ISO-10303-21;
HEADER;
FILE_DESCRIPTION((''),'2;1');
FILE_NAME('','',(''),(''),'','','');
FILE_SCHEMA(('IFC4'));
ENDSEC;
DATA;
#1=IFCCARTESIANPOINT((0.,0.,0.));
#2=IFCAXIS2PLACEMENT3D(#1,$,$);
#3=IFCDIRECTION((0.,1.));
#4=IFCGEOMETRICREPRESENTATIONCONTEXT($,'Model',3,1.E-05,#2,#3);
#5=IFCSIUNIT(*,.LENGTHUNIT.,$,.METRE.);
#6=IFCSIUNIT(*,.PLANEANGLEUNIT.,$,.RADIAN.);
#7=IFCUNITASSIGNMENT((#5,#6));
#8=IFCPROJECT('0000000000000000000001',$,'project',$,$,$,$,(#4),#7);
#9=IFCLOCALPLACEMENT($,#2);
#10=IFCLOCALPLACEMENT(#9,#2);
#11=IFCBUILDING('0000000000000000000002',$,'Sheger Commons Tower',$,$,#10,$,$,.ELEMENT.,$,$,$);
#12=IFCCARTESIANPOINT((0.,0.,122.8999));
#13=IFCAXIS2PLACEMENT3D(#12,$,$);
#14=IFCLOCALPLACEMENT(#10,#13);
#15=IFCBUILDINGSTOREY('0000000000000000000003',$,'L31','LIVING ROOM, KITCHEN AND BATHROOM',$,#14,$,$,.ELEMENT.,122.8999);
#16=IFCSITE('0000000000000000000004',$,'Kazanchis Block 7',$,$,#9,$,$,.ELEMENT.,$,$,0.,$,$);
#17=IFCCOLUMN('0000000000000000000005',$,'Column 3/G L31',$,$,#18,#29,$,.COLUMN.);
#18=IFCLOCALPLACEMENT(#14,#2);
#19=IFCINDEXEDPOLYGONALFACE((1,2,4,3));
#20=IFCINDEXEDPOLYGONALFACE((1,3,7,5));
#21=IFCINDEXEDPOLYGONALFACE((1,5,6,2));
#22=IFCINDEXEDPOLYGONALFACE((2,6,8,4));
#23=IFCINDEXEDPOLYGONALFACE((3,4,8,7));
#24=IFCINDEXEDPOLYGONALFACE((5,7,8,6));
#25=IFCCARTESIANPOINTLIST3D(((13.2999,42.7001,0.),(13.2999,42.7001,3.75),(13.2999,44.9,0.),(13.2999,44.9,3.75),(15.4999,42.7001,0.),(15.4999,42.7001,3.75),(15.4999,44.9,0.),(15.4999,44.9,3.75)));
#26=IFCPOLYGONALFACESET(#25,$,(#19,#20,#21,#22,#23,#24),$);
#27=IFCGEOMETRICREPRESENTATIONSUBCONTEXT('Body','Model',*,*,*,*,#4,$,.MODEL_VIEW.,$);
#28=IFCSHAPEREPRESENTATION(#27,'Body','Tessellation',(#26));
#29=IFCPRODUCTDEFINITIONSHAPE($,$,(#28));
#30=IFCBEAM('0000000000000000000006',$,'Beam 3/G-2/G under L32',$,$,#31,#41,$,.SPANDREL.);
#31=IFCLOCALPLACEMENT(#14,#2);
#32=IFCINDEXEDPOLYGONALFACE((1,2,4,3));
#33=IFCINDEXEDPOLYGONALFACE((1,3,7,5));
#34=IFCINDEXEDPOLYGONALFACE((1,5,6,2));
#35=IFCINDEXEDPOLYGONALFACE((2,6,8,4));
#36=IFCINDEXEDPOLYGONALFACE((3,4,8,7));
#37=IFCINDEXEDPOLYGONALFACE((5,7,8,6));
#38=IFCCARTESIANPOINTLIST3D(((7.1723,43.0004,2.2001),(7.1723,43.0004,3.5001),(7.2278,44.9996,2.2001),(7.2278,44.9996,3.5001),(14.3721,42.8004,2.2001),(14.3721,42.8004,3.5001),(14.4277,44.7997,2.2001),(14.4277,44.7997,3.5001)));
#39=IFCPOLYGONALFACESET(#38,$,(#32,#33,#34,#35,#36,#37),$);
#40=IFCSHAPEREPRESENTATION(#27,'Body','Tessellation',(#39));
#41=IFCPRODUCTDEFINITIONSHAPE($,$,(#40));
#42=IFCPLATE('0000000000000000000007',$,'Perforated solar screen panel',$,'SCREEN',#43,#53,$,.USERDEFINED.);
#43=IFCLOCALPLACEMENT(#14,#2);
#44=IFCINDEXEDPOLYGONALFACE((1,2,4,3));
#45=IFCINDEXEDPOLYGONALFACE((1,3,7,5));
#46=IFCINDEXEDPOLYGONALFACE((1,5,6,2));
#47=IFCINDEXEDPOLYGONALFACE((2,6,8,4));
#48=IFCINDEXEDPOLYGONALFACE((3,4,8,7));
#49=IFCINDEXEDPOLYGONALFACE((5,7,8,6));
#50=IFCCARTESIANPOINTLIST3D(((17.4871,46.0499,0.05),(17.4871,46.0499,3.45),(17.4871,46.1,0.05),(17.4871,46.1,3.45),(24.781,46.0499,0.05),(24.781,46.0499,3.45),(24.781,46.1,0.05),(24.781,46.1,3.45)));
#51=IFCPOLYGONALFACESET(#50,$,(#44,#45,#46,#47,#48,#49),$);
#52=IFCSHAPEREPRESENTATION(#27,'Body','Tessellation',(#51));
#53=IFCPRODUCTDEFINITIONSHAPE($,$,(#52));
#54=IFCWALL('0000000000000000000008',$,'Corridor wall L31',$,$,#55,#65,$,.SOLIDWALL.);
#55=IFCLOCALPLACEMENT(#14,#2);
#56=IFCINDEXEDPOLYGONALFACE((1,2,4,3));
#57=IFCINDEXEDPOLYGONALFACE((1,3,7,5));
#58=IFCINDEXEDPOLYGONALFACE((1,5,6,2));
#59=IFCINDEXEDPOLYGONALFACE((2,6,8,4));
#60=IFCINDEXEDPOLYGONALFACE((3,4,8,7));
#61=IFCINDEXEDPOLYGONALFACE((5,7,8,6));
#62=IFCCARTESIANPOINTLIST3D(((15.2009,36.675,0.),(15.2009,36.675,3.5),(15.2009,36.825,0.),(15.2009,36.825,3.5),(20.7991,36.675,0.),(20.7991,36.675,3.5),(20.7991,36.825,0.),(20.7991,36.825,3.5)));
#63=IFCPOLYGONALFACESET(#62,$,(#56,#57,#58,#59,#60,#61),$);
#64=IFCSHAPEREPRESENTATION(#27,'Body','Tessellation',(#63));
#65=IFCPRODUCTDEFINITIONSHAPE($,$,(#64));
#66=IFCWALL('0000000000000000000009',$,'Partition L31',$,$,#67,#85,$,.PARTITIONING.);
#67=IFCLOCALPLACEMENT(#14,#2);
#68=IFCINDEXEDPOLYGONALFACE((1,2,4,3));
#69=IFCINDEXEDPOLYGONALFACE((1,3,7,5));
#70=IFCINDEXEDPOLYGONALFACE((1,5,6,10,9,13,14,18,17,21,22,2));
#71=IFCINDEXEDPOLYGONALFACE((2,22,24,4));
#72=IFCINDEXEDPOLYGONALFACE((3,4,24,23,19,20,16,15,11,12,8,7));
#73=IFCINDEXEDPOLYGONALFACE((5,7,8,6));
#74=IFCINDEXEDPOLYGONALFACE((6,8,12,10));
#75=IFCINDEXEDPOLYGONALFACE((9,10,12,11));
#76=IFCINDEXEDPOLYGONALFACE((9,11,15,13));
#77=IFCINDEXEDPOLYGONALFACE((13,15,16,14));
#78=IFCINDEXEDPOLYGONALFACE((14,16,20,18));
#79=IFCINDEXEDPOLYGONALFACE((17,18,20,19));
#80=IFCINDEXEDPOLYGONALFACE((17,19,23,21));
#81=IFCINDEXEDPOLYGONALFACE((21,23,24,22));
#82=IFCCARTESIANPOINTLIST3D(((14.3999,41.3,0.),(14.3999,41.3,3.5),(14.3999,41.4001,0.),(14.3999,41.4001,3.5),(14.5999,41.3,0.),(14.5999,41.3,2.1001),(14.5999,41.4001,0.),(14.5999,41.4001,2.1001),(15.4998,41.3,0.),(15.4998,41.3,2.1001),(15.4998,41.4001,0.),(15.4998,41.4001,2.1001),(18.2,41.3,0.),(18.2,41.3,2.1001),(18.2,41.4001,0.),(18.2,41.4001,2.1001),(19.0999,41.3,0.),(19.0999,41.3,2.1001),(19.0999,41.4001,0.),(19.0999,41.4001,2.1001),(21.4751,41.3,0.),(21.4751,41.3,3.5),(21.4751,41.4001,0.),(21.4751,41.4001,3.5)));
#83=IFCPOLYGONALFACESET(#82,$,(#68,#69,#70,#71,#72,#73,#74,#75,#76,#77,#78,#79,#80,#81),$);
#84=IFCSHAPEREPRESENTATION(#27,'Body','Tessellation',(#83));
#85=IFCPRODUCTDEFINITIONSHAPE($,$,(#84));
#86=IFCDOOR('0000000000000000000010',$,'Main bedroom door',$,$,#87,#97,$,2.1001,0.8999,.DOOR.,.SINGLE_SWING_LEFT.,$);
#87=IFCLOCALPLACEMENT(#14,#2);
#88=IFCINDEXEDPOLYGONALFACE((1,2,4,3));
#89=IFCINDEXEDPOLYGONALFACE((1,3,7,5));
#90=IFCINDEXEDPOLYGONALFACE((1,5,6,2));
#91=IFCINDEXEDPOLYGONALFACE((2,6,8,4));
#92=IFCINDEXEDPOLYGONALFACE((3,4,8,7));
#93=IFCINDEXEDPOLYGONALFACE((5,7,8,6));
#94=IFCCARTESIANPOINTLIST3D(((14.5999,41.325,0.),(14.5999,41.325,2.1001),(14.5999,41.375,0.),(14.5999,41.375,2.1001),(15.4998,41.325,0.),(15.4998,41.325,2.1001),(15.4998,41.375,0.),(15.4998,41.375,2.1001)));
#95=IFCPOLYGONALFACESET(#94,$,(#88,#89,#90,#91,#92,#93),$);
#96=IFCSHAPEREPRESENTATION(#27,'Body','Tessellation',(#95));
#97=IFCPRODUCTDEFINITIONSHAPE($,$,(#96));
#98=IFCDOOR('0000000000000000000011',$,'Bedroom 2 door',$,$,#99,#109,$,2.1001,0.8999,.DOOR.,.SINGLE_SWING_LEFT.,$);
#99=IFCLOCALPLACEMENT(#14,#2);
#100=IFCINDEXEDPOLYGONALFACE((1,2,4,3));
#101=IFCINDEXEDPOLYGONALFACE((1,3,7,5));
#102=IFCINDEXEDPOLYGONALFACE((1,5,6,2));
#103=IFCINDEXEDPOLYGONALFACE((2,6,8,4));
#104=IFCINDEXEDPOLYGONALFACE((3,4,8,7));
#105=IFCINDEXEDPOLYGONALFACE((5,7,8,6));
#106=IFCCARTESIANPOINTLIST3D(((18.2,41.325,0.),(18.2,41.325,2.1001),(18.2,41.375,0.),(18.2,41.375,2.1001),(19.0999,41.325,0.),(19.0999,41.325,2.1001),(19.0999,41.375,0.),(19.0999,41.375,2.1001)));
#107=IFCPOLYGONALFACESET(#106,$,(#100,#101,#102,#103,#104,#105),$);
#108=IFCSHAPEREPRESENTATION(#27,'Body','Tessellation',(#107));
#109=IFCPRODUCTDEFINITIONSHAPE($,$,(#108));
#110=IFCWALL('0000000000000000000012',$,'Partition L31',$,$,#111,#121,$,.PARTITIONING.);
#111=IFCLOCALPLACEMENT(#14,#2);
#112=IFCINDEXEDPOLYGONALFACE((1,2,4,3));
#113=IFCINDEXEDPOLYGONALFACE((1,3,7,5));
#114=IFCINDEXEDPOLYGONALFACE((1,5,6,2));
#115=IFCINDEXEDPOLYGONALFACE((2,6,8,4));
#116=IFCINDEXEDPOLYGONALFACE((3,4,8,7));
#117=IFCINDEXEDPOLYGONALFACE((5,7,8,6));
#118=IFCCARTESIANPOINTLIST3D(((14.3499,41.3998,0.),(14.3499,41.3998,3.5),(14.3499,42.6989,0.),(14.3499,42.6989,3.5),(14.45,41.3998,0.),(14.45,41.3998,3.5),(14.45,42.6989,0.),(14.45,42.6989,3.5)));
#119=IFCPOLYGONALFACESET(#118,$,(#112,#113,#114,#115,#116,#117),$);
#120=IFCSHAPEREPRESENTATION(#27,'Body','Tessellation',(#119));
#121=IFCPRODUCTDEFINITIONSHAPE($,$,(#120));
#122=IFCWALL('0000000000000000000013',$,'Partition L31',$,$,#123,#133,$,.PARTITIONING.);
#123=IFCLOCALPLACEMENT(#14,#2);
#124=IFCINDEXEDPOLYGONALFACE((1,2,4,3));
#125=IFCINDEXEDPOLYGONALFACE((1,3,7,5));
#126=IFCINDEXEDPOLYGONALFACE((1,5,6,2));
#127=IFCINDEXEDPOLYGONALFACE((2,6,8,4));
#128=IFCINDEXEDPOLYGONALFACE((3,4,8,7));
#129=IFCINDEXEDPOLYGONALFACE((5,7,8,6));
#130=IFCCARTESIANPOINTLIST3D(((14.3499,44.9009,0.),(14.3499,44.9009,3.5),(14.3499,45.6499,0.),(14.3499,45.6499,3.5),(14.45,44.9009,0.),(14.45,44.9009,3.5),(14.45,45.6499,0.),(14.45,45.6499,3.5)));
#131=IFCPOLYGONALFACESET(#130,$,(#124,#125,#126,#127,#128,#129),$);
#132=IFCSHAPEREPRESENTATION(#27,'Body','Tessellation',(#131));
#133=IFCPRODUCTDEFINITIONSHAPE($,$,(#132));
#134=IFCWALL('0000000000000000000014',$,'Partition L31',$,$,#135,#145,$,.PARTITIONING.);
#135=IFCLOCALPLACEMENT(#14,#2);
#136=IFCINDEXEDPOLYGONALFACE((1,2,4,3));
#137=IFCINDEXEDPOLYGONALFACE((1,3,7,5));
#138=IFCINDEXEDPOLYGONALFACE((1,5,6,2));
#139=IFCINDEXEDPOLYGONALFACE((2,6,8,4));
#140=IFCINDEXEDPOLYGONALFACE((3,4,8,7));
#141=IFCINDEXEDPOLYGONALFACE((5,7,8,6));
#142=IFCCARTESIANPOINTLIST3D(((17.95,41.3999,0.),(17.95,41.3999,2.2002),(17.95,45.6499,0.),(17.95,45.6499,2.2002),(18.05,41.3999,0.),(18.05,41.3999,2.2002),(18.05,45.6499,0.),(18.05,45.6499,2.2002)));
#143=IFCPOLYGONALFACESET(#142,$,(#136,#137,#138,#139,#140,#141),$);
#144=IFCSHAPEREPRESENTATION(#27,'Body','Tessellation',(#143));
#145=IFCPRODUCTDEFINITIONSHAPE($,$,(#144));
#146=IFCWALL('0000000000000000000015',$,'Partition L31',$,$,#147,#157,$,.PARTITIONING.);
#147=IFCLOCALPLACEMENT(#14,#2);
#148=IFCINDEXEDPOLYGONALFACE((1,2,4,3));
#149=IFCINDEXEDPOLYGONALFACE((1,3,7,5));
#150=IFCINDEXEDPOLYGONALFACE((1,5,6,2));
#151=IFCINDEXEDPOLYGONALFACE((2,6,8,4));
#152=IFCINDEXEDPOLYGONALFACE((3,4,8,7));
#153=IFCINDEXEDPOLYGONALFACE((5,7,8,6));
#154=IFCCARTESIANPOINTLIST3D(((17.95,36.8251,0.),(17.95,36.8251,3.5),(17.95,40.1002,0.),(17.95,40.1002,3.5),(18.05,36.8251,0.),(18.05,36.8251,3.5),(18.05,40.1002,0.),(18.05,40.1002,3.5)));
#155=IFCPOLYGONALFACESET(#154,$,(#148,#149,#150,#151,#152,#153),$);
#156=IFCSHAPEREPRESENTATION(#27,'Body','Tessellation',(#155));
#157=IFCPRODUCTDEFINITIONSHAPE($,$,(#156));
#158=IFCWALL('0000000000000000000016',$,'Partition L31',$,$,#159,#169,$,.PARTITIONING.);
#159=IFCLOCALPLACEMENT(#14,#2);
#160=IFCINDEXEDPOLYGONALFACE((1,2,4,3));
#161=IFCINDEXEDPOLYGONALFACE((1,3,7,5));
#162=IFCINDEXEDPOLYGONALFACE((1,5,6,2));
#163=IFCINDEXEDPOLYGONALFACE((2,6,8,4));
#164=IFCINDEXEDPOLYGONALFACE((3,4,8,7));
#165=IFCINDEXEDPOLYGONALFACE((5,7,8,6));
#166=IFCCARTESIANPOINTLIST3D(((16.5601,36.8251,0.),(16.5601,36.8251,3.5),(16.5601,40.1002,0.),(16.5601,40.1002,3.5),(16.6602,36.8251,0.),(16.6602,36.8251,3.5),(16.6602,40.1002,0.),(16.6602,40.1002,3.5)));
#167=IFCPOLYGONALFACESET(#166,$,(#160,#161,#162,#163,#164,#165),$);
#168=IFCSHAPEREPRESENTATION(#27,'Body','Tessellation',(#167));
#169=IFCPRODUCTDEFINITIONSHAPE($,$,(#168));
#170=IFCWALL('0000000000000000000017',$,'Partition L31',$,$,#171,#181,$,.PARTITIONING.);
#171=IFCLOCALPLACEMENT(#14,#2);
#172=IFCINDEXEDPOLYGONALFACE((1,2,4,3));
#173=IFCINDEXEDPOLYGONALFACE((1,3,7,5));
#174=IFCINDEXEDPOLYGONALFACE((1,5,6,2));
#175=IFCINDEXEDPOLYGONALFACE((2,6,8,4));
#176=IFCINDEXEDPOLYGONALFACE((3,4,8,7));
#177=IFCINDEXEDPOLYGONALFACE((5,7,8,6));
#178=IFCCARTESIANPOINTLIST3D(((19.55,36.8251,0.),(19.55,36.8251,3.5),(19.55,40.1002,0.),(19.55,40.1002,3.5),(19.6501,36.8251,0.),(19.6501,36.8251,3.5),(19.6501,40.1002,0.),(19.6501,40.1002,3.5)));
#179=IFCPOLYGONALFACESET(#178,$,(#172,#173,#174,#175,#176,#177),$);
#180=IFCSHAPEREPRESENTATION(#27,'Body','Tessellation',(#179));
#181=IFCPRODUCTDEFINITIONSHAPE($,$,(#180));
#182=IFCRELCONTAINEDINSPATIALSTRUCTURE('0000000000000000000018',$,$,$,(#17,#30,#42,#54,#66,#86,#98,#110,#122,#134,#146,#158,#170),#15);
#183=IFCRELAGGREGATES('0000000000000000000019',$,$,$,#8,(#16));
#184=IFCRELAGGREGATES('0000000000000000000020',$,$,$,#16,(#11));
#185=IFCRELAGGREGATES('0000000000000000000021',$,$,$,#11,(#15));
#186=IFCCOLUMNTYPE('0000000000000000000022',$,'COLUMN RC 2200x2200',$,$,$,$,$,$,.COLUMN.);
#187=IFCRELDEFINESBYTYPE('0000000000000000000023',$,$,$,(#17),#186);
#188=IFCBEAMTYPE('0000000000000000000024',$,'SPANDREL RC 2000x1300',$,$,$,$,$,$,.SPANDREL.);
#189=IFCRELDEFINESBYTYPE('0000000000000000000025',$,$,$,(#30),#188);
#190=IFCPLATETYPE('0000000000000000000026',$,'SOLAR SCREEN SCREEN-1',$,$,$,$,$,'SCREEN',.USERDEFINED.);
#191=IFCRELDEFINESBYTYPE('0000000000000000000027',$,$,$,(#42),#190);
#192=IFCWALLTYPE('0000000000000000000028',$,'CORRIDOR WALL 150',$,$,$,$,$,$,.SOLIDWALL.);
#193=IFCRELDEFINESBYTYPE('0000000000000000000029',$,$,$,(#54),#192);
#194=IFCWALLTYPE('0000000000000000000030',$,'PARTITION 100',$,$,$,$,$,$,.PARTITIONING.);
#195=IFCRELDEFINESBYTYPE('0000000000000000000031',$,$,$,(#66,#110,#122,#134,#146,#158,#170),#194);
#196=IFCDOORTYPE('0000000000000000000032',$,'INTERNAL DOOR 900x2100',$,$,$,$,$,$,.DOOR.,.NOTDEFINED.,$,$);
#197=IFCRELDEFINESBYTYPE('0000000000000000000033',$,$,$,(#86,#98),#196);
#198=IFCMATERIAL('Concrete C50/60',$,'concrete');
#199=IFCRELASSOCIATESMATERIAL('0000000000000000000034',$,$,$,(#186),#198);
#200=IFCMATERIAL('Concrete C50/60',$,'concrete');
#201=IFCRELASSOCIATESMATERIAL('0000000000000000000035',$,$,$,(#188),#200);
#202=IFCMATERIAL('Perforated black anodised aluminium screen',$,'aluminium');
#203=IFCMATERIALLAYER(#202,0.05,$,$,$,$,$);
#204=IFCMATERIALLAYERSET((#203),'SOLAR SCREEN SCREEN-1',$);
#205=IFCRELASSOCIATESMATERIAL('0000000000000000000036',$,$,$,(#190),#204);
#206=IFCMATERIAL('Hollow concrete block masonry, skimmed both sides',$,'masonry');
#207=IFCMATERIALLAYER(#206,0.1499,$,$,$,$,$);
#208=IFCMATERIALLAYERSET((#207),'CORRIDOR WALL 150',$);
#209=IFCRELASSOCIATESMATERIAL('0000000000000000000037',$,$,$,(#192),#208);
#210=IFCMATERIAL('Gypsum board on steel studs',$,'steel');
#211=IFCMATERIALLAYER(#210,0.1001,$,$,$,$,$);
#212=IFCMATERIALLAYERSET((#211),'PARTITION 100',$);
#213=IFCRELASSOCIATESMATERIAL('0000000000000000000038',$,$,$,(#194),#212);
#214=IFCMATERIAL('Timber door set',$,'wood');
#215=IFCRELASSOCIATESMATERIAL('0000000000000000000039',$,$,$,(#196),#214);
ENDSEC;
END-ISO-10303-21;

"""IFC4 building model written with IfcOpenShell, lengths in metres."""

from ifc_helpers import new_model, si_unit, direction, frame, frame_2d, origin, origin_2d, place, context, subcontext, project, spatial, rectangle, extrude, material, layer, layer_set, material_profile, profile_set, type_object, element, fill, save


model = new_model("IFC4")

# Units and contexts
model_context = context("Model", 3, precision=1e-05, world=origin(), true_north=direction((0.0, 1.0)))
body_context = subcontext(model_context, "Body", "Model", "MODEL_VIEW")
ifc_project = project(units=[si_unit("LENGTHUNIT", "METRE"), si_unit("PLANEANGLEUNIT", "RADIAN")], contexts=[model_context])

# Site, building, storey
site_placement = place(None, origin())
site = spatial("IfcSite", under=ifc_project, at=site_placement, Name="Kazanchis Block 7", CompositionType="ELEMENT", RefElevation=0.0)
building_placement = place(site_placement, origin())
building = spatial("IfcBuilding", under=site, at=building_placement, Name="Sheger Commons Tower", CompositionType="ELEMENT")
storey_placement = place(building_placement, frame((0.0, 0.0, 122.8999)))
storey = spatial("IfcBuildingStorey", under=building, at=storey_placement, Name="L31", Description="LIVING ROOM, KITCHEN AND BATHROOM", CompositionType="ELEMENT", Elevation=122.8999)

# Column
ifc_material_1 = material(Name="Concrete C50/60", Category="concrete")
ifc_material_profile_1 = material_profile(ifc_material_1, rectangle(XDim=2.2, YDim=2.2, at=origin_2d()), Name="RC 2200x2200")
ifc_profile_set_1 = profile_set([ifc_material_profile_1], Name="Concrete C50/60")
column_type = type_object("IfcColumnType", Name="COLUMN RC 2200x2200", PredefinedType="COLUMN", material=ifc_profile_set_1)
column_placement = place(storey_placement, frame((14.3999, 43.8, 0.0), z_axis=(0.0, 0.0, 1.0), x_axis=(1.0, 0.0, 0.0)))
element("IfcColumn", 1, at=column_placement, inside=storey, type_object=column_type, Name="Column 3/G L31", PredefinedType="COLUMN", context=body_context, shape_type="SweptSolid", body=[
    extrude(rectangle(XDim=2.2, YDim=2.2, at=origin_2d()), origin(), (0.0, 0.0, 1.0), 3.75),
])

# Beam
ifc_material_2 = material(Name="Concrete C50/60", Category="concrete")
ifc_material_profile_2 = material_profile(ifc_material_2, rectangle(XDim=2.0, YDim=1.3, at=origin_2d()), Name="RC 2000x1300")
ifc_profile_set_2 = profile_set([ifc_material_profile_2], Name="Concrete C50/60")
beam_type = type_object("IfcBeamType", Name="SPANDREL RC 2000x1300", PredefinedType="SPANDREL", material=ifc_profile_set_2)
beam_placement = place(storey_placement, frame((14.3999, 43.8, 2.8501), z_axis=(-0.999615, 0.02776, 0.0), x_axis=(-0.02776, -0.999615, 0.0)))
element("IfcBeam", 2, at=beam_placement, inside=storey, type_object=beam_type, Name="Beam 3/G-2/G under L32", PredefinedType="SPANDREL", context=body_context, shape_type="SweptSolid", body=[
    extrude(rectangle(XDim=2.0, YDim=1.3, at=origin_2d()), origin(), (0.0, 0.0, 1.0), 7.2026),
])

# Plate
ifc_material_3 = material(Name="Perforated black anodised aluminium screen", Category="aluminium")
ifc_layer_1 = layer(ifc_material_3, 0.05)
ifc_layer_set_1 = layer_set([ifc_layer_1], Name="SOLAR SCREEN SCREEN-1")
plate_type = type_object("IfcPlateType", Name="SOLAR SCREEN SCREEN-1", ElementType="SCREEN", PredefinedType="USERDEFINED", material=ifc_layer_set_1)
plate_placement = place(storey_placement, frame((21.134, 46.075, 0.05), z_axis=(0.0, 0.0, 1.0), x_axis=(-1.0, 0.0, 0.0)))
element("IfcPlate", 3, at=plate_placement, inside=storey, type_object=plate_type, Name="Perforated solar screen panel", ObjectType="SCREEN", PredefinedType="USERDEFINED", context=body_context, shape_type="SweptSolid", body=[
    extrude(rectangle(XDim=7.2939, YDim=0.05, at=origin_2d()), origin(), (0.0, 0.0, 1.0), 3.3999),
])

# Wall
ifc_material_4 = material(Name="Hollow concrete block masonry, skimmed both sides", Category="masonry")
ifc_layer_2 = layer(ifc_material_4, 0.1499)
ifc_layer_set_2 = layer_set([ifc_layer_2], Name="CORRIDOR WALL 150")
wall_type_1 = type_object("IfcWallType", Name="CORRIDOR WALL 150", PredefinedType="SOLIDWALL", material=ifc_layer_set_2)
wall_1_placement = place(storey_placement, frame((15.2009, 36.75, 0.0), z_axis=(0.0, 0.0, 1.0), x_axis=(1.0, 0.0, 0.0)))
element("IfcWall", 4, at=wall_1_placement, inside=storey, type_object=wall_type_1, Name="Corridor wall L31", PredefinedType="SOLIDWALL", context=body_context, shape_type="SweptSolid", body=[
    extrude(rectangle(XDim=5.5981, YDim=0.1499, at=frame_2d((2.7991, 0.0))), origin(), (0.0, 0.0, 1.0), 3.5),
])

# Wall, openings, doors
ifc_material_5 = material(Name="Gypsum board on steel studs", Category="steel")
ifc_layer_3 = layer(ifc_material_5, 0.1001)
ifc_layer_set_3 = layer_set([ifc_layer_3], Name="PARTITION 100")
wall_type_2 = type_object("IfcWallType", Name="PARTITION 100", PredefinedType="PARTITIONING", material=ifc_layer_set_3)
wall_2_placement = place(storey_placement, frame((14.3999, 41.3501, 0.0), z_axis=(0.0, 0.0, 1.0), x_axis=(1.0, 0.0, 0.0)))
wall_2 = element("IfcWall", 5, at=wall_2_placement, inside=storey, type_object=wall_type_2, Name="Partition L31", PredefinedType="PARTITIONING", context=body_context, shape_type="SweptSolid", body=[
    extrude(rectangle(XDim=7.0752, YDim=0.1001, at=frame_2d((3.5376, 0.0))), origin(), (0.0, 0.0, 1.0), 3.5),
])
opening_1_placement = place(wall_2_placement, frame((0.2, 0.0, 0.0)))
opening_1 = element("IfcOpeningElement", 6, at=opening_1_placement, cuts=wall_2, PredefinedType="OPENING", context=body_context, shape_type="SweptSolid", body=[
    extrude(rectangle(XDim=0.8999, YDim=2.1001, at=frame_2d((0.45, 1.05))), frame((0.0, 0.0601, 0.0), z_axis=(0.0, -1.0, 0.0), x_axis=(1.0, 0.0, 0.0)), (0.0, 0.0, 1.0), 0.1201),
])
opening_2_placement = place(wall_2_placement, frame((3.8, 0.0, 0.0)))
opening_2 = element("IfcOpeningElement", 7, at=opening_2_placement, cuts=wall_2, PredefinedType="OPENING", context=body_context, shape_type="SweptSolid", body=[
    extrude(rectangle(XDim=0.8999, YDim=2.1001, at=frame_2d((0.45, 1.05))), frame((0.0, 0.0601, 0.0), z_axis=(0.0, -1.0, 0.0), x_axis=(1.0, 0.0, 0.0)), (0.0, 0.0, 1.0), 0.1201),
])
ifc_material_6 = material(Name="Timber door set", Category="wood")
door_type = type_object("IfcDoorType", Name="INTERNAL DOOR 900x2100", OperationType="NOTDEFINED", PredefinedType="DOOR", material=ifc_material_6)
door_1_placement = place(opening_1_placement, origin())
door_1 = element("IfcDoor", 8, at=door_1_placement, inside=storey, type_object=door_type, Name="Main bedroom door", OperationType="SINGLE_SWING_LEFT", OverallHeight=2.1001, OverallWidth=0.8999, PredefinedType="DOOR", context=body_context, shape_type="SweptSolid", body=[
    extrude(rectangle(XDim=0.8999, YDim=2.1001, at=frame_2d((0.45, 1.05))), frame((0.0, 0.0249, 0.0), z_axis=(0.0, -1.0, 0.0), x_axis=(1.0, 0.0, 0.0)), (0.0, 0.0, 1.0), 0.05),
])
fill(opening_1, door_1)
door_2_placement = place(opening_2_placement, origin())
door_2 = element("IfcDoor", 9, at=door_2_placement, inside=storey, type_object=door_type, Name="Bedroom 2 door", OperationType="SINGLE_SWING_LEFT", OverallHeight=2.1001, OverallWidth=0.8999, PredefinedType="DOOR", context=body_context, shape_type="SweptSolid", body=[
    extrude(rectangle(XDim=0.8999, YDim=2.1001, at=frame_2d((0.45, 1.05))), frame((0.0, 0.0249, 0.0), z_axis=(0.0, -1.0, 0.0), x_axis=(1.0, 0.0, 0.0)), (0.0, 0.0, 1.0), 0.05),
])
fill(opening_2, door_2)

# Walls
wall_3_placement = place(storey_placement, frame((14.3999, 41.3999, 0.0), z_axis=(0.0, 0.0, 1.0), x_axis=(0.0, 1.0, 0.0)))
element("IfcWall", 10, at=wall_3_placement, inside=storey, type_object=wall_type_2, Name="Partition L31", PredefinedType="PARTITIONING", context=body_context, shape_type="SweptSolid", body=[
    extrude(rectangle(XDim=1.2991, YDim=0.1001, at=frame_2d((0.6494, 0.0))), origin(), (0.0, 0.0, 1.0), 3.5),
])
wall_4_placement = place(storey_placement, frame((14.3999, 44.9009, 0.0), z_axis=(0.0, 0.0, 1.0), x_axis=(0.0, 1.0, 0.0)))
element("IfcWall", 11, at=wall_4_placement, inside=storey, type_object=wall_type_2, Name="Partition L31", PredefinedType="PARTITIONING", context=body_context, shape_type="SweptSolid", body=[
    extrude(rectangle(XDim=0.749, YDim=0.1001, at=frame_2d((0.3745, 0.0))), origin(), (0.0, 0.0, 1.0), 3.5),
])
wall_5_placement = place(storey_placement, frame((18.0, 41.3999, 0.0), z_axis=(0.0, 0.0, 1.0), x_axis=(0.0, 1.0, 0.0)))
element("IfcWall", 12, at=wall_5_placement, inside=storey, type_object=wall_type_2, Name="Partition L31", PredefinedType="PARTITIONING", context=body_context, shape_type="SweptSolid", body=[
    extrude(rectangle(XDim=4.25, YDim=0.1001, at=frame_2d((2.125, 0.0))), origin(), (0.0, 0.0, 1.0), 2.2002),
])
for number, where, z_axis, x_axis, name in (
    (13, (18.0, 36.825, 0.0), (0.0, 0.0, 1.0), (0.0, 1.0, 0.0), "Partition L31"),
    (14, (16.6101, 36.825, 0.0), (0.0, 0.0, 1.0), (0.0, 1.0, 0.0), "Partition L31"),
    (15, (19.6001, 36.825, 0.0), (0.0, 0.0, 1.0), (0.0, 1.0, 0.0), "Partition L31"),
):
    element("IfcWall", number, at=place(storey_placement, frame(where, z_axis=z_axis, x_axis=x_axis)), inside=storey, type_object=wall_type_2, Name=name, PredefinedType="PARTITIONING", context=body_context, shape_type="SweptSolid", body=[
        extrude(rectangle(XDim=3.2751, YDim=0.1001, at=frame_2d((1.6377, 0.0))), origin(), (0.0, 0.0, 1.0), 3.5),
    ])

save(model, "model.ifc")
